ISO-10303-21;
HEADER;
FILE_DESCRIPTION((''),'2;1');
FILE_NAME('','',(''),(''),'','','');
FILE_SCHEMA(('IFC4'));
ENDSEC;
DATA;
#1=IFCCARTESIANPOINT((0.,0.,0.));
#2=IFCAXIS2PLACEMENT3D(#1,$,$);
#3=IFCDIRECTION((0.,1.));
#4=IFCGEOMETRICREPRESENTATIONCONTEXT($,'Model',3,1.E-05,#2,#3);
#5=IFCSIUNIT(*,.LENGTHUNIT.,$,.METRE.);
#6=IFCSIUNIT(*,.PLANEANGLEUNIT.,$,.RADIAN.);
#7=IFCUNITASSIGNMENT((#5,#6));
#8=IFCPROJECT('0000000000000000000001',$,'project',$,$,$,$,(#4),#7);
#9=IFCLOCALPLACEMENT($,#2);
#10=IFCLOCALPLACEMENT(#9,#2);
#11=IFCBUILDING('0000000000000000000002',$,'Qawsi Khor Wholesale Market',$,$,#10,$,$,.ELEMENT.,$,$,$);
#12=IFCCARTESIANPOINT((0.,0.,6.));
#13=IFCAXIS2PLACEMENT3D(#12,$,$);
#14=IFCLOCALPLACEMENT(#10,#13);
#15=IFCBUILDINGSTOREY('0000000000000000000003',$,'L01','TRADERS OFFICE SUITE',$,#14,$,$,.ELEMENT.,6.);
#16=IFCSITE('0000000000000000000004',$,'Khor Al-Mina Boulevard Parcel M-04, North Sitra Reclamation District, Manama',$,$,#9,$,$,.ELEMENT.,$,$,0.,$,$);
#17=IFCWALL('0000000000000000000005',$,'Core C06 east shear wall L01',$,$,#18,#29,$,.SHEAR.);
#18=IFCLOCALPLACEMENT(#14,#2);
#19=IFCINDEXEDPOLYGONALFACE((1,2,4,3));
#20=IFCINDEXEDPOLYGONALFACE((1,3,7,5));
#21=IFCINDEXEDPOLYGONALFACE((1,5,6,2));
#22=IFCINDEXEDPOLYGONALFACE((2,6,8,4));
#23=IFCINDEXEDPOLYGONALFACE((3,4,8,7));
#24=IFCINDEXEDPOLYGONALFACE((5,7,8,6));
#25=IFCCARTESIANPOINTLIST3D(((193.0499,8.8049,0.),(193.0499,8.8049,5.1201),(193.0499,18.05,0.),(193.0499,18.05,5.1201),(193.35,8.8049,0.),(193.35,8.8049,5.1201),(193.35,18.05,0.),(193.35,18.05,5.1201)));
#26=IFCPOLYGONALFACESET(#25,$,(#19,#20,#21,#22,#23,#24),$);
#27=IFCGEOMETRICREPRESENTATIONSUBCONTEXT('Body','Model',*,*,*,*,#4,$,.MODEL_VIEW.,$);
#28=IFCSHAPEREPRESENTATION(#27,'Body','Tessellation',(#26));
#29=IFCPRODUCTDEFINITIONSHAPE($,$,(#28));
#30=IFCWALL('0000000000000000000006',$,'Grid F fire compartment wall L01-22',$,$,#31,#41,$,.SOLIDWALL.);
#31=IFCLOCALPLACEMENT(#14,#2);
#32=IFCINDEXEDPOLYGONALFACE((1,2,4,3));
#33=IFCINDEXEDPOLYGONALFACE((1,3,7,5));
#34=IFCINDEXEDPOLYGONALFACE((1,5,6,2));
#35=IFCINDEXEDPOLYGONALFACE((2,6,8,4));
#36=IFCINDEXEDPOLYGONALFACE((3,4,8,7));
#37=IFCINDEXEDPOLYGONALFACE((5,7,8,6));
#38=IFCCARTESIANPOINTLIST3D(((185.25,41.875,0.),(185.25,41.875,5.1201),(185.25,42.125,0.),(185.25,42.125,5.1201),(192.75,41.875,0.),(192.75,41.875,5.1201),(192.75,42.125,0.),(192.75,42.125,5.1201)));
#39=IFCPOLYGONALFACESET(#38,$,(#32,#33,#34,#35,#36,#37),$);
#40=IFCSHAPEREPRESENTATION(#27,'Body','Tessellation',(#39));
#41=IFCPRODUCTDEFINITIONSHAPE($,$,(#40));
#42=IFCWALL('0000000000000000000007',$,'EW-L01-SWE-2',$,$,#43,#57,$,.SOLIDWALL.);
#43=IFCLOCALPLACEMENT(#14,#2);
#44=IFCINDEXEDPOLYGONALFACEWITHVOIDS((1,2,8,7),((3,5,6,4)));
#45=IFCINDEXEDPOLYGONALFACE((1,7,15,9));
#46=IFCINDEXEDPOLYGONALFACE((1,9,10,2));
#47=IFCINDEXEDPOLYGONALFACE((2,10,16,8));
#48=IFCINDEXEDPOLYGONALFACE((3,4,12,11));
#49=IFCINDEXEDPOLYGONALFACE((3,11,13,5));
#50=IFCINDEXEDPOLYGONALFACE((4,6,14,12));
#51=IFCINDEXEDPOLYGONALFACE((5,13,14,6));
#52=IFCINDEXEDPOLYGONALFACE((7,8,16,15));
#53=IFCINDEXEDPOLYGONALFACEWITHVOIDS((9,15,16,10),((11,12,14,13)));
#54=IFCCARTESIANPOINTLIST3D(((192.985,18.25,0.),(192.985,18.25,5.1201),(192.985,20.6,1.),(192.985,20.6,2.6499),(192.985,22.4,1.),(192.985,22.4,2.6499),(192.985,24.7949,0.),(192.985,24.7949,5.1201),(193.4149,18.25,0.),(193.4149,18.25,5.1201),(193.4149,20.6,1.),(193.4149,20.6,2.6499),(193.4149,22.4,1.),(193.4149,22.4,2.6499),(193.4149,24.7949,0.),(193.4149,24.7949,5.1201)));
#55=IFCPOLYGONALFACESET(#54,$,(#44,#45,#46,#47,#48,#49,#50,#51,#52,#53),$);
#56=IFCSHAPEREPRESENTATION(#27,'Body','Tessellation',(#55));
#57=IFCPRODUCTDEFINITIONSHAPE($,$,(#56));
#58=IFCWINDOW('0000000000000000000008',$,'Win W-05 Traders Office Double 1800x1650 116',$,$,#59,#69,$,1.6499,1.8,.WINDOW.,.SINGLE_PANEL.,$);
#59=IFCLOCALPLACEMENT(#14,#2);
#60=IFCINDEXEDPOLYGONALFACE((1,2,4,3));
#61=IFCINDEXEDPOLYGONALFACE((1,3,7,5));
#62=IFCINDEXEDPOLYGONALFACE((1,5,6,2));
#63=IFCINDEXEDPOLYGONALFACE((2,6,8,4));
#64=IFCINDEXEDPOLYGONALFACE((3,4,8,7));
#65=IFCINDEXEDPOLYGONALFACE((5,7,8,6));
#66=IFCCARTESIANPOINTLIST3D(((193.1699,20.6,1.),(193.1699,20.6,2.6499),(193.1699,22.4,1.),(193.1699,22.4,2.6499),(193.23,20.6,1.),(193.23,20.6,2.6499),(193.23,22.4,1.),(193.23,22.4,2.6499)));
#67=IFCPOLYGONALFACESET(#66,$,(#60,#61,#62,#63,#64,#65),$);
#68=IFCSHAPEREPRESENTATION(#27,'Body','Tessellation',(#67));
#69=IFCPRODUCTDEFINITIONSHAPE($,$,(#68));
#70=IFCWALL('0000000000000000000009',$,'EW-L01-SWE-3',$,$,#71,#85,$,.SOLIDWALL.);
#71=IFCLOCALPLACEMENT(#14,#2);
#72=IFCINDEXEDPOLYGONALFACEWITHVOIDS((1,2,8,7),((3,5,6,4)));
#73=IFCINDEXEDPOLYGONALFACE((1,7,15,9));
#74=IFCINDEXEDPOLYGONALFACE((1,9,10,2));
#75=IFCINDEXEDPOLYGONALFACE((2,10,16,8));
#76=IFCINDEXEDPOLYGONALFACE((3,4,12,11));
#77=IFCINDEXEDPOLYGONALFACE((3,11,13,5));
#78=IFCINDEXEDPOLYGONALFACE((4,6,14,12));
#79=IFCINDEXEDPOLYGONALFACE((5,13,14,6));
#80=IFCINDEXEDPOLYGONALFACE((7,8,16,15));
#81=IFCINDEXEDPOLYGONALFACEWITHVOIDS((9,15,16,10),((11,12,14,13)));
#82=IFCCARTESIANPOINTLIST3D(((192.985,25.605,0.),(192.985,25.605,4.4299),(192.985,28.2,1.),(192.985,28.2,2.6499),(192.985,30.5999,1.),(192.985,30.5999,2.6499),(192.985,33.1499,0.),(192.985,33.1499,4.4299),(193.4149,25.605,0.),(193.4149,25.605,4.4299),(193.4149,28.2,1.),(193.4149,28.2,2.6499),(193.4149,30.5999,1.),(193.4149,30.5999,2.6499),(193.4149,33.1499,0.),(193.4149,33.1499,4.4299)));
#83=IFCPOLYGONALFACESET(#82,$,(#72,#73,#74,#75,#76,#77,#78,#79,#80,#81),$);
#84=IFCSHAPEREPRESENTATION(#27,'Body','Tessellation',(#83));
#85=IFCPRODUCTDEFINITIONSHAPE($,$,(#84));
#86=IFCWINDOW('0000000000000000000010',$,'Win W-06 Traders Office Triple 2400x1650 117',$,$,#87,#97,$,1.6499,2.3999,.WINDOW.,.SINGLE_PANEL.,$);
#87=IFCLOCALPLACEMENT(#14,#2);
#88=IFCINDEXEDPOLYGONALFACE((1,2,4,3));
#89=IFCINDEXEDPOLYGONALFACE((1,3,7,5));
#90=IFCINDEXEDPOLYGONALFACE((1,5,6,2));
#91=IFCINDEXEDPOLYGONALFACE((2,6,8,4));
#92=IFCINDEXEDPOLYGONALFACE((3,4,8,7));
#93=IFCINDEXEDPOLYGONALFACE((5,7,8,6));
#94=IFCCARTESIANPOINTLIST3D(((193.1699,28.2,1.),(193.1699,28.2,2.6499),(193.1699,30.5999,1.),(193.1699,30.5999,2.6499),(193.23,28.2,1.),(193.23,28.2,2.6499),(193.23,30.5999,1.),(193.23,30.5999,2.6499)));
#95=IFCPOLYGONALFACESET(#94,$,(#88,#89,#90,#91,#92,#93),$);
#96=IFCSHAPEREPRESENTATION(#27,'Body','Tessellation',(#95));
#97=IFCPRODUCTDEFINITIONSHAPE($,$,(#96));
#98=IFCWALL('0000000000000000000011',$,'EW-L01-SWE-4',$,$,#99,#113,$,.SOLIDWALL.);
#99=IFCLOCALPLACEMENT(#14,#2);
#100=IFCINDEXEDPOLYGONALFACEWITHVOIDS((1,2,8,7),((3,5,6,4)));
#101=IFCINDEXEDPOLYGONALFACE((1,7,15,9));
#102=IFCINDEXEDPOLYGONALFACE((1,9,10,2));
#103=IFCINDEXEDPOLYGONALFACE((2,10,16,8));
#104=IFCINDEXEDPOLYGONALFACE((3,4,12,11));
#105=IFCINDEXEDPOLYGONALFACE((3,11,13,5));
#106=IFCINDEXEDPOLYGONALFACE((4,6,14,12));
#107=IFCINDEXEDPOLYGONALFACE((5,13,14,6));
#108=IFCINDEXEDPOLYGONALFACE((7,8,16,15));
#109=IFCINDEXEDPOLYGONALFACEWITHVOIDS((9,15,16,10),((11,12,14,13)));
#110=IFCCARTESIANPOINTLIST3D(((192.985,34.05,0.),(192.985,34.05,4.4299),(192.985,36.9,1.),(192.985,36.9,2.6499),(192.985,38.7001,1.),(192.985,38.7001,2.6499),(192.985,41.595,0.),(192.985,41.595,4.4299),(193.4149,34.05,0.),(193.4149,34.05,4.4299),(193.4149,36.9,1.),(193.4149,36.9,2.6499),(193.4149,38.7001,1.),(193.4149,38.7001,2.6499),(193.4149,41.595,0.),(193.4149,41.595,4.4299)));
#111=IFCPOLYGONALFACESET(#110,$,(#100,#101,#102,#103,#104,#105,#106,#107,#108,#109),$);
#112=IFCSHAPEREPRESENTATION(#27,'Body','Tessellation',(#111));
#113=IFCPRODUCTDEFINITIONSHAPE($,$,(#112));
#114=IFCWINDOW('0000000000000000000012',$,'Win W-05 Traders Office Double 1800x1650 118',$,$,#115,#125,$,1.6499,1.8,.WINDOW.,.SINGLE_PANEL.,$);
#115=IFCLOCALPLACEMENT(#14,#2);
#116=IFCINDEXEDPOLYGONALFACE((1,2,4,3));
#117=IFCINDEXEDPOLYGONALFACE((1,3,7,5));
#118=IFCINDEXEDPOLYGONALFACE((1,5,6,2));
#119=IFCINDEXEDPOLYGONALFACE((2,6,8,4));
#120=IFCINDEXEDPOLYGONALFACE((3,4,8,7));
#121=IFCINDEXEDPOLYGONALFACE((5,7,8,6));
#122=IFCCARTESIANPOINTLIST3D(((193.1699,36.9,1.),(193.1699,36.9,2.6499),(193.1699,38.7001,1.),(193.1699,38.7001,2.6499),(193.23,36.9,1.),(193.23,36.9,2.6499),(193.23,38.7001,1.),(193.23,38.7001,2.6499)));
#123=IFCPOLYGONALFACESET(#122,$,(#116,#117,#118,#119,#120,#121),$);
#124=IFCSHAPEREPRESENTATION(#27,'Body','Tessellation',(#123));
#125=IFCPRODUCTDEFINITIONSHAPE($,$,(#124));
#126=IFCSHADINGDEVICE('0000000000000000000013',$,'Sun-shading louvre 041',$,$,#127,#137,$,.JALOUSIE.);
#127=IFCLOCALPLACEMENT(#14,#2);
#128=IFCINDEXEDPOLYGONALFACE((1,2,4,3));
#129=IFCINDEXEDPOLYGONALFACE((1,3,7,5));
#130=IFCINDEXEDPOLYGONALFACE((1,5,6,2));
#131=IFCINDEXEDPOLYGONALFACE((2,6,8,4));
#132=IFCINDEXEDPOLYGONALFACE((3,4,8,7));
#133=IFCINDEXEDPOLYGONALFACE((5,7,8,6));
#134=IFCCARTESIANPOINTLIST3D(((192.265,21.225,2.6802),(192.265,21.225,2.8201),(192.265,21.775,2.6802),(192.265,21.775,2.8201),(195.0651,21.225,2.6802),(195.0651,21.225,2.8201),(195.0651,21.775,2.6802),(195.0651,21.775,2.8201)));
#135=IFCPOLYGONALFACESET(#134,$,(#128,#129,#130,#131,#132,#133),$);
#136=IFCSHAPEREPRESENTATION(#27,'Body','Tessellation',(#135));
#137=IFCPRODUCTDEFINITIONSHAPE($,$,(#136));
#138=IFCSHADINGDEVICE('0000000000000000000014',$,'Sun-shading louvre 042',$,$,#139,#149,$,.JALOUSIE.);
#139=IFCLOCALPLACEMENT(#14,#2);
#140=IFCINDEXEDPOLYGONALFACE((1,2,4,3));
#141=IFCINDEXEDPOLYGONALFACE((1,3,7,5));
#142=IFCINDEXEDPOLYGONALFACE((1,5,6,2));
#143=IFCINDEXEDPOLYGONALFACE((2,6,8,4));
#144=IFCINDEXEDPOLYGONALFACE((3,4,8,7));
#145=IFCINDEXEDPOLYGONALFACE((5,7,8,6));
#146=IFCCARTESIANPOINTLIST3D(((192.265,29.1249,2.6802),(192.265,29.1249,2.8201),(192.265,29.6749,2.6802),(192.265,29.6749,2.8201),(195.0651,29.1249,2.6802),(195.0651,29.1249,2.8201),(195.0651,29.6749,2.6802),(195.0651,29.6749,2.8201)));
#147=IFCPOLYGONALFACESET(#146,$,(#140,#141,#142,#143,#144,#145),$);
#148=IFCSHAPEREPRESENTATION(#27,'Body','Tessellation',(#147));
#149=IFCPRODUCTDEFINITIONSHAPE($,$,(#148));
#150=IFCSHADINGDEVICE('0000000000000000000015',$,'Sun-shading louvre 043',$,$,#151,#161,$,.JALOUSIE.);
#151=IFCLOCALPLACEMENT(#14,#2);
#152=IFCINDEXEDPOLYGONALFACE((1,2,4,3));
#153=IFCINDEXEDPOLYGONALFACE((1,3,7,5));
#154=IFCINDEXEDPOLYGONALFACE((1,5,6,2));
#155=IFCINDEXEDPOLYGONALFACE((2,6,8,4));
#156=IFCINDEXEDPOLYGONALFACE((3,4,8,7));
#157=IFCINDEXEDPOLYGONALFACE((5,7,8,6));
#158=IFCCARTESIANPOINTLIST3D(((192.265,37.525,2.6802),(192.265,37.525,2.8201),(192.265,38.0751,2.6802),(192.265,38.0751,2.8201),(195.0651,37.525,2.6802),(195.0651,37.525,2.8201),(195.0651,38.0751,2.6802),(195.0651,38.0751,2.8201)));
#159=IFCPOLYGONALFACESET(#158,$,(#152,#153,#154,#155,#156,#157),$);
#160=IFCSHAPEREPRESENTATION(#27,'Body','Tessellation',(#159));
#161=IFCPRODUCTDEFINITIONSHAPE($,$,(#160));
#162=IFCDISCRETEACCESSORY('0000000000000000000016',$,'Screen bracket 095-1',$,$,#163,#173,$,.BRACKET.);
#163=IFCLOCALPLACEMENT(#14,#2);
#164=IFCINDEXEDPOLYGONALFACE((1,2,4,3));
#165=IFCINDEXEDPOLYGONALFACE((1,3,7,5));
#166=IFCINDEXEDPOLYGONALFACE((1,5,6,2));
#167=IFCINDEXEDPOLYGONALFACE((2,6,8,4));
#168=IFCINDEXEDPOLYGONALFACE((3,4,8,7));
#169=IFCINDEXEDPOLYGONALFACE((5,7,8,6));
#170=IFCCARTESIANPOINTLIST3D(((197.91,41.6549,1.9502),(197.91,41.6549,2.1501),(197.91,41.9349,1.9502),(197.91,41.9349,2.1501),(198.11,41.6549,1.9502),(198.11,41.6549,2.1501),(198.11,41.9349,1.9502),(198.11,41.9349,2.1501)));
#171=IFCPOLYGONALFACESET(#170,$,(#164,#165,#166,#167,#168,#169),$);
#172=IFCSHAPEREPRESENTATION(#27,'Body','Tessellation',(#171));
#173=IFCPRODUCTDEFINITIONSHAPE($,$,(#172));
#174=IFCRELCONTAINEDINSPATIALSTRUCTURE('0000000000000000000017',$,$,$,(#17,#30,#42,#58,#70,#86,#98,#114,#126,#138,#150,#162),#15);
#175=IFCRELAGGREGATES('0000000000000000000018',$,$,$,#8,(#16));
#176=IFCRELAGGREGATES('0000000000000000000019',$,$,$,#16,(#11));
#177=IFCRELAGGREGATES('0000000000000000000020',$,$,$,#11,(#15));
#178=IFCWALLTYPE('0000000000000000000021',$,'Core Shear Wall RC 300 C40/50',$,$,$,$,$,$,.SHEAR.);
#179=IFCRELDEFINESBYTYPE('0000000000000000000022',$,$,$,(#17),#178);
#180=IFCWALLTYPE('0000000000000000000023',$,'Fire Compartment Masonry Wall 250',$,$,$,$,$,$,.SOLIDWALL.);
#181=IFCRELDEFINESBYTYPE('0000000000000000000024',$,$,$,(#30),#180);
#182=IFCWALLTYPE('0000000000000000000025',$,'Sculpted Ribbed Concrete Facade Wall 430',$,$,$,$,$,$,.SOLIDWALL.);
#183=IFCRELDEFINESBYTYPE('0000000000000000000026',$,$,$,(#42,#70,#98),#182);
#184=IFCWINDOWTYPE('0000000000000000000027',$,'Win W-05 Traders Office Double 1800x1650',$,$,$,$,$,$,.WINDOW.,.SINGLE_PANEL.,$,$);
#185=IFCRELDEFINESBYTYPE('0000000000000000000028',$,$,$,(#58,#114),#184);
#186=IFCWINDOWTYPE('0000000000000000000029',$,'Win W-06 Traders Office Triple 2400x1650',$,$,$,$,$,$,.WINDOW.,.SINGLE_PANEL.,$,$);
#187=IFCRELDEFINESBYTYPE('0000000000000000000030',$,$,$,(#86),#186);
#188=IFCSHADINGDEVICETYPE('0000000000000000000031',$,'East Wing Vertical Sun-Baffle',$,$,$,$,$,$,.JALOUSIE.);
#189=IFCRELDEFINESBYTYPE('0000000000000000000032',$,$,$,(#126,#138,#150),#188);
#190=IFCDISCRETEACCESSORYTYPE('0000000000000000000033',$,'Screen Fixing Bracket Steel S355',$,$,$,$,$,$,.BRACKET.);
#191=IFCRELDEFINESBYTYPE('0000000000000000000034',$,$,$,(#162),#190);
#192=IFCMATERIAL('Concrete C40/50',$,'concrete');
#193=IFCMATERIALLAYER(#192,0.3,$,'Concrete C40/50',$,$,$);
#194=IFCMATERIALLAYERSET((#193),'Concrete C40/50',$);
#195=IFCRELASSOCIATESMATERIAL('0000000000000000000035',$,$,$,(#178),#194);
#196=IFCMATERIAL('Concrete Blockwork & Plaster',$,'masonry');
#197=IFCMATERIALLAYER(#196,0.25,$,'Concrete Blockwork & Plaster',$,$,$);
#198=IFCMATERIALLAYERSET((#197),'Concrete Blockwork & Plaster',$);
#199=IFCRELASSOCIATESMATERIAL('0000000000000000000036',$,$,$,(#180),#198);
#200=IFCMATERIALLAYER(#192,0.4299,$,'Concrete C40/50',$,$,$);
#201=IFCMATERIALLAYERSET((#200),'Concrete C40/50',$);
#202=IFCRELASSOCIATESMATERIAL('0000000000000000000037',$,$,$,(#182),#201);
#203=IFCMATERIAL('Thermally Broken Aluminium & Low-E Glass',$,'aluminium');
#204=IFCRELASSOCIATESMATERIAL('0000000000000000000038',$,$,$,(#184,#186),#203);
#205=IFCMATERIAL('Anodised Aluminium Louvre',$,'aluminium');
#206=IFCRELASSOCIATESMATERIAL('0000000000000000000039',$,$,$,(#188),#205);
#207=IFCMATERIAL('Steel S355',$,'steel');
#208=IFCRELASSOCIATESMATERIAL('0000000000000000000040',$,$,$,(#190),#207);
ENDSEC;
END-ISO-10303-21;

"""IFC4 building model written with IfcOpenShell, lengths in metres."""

from ifc_helpers import new_model, si_unit, direction, frame, frame_2d, origin, origin_2d, place, context, subcontext, project, spatial, rectangle, extrude, material, layer, layer_set, type_object, element, fill, save


model = new_model("IFC4")

# Units and contexts
model_context = context("Model", 3, precision=1e-05, world=origin(), true_north=direction((0.0, 1.0)))
body_context = subcontext(model_context, "Body", "Model", "MODEL_VIEW")
ifc_project = project(units=[si_unit("LENGTHUNIT", "METRE"), si_unit("PLANEANGLEUNIT", "RADIAN")], contexts=[model_context])

# Site, building, storey
site_placement = place(None, origin())
site = spatial("IfcSite", under=ifc_project, at=site_placement, Name="Khor Al-Mina Boulevard Parcel M-04, North Sitra Reclamation District, Manama", CompositionType="ELEMENT", RefElevation=0.0)
building_placement = place(site_placement, origin())
building = spatial("IfcBuilding", under=site, at=building_placement, Name="Qawsi Khor Wholesale Market", CompositionType="ELEMENT")
storey_placement = place(building_placement, frame((0.0, 0.0, 6.0)))
storey = spatial("IfcBuildingStorey", under=building, at=storey_placement, Name="L01", Description="TRADERS OFFICE SUITE", CompositionType="ELEMENT", Elevation=6.0)

# Shared definitions
ifc_material_1 = material(Name="Concrete C40/50", Category="concrete")

# Shared definitions
ifc_material_2 = material(Name="Steel S355", Category="steel")

# Walls
ifc_layer_1 = layer(ifc_material_1, 0.3, Name="Concrete C40/50")
ifc_layer_set_1 = layer_set([ifc_layer_1], Name="Concrete C40/50")
wall_type_1 = type_object("IfcWallType", Name="Core Shear Wall RC 300 C40/50", PredefinedType="SHEAR", material=ifc_layer_set_1)
wall_1_placement = place(storey_placement, frame((193.2, 18.05, 0.0), z_axis=(0.0, 0.0, 1.0), x_axis=(0.0, -1.0, 0.0)))
element("IfcWall", 1, at=wall_1_placement, inside=storey, type_object=wall_type_1, Name="Core C06 east shear wall L01", PredefinedType="SHEAR", context=body_context, shape_type="SweptSolid", body=[
    extrude(rectangle(XDim=9.2451, YDim=0.3, at=frame_2d((4.6226, 0.0))), origin(), (0.0, 0.0, 1.0), 5.1201),
])
ifc_material_3 = material(Name="Concrete Blockwork & Plaster", Category="masonry")
ifc_layer_2 = layer(ifc_material_3, 0.25, Name="Concrete Blockwork & Plaster")
ifc_layer_set_2 = layer_set([ifc_layer_2], Name="Concrete Blockwork & Plaster")
wall_type_2 = type_object("IfcWallType", Name="Fire Compartment Masonry Wall 250", PredefinedType="SOLIDWALL", material=ifc_layer_set_2)
wall_2_placement = place(storey_placement, frame((185.25, 42.0, 0.0), z_axis=(0.0, 0.0, 1.0), x_axis=(1.0, 0.0, 0.0)))
element("IfcWall", 2, at=wall_2_placement, inside=storey, type_object=wall_type_2, Name="Grid F fire compartment wall L01-22", PredefinedType="SOLIDWALL", context=body_context, shape_type="SweptSolid", body=[
    extrude(rectangle(XDim=7.5, YDim=0.25, at=frame_2d((3.75, 0.0))), origin(), (0.0, 0.0, 1.0), 5.1201),
])

# Walls, openings, windows
ifc_layer_3 = layer(ifc_material_1, 0.4299, Name="Concrete C40/50")
ifc_layer_set_3 = layer_set([ifc_layer_3], Name="Concrete C40/50")
wall_type_3 = type_object("IfcWallType", Name="Sculpted Ribbed Concrete Facade Wall 430", PredefinedType="SOLIDWALL", material=ifc_layer_set_3)
wall_3_placement = place(storey_placement, frame((193.2, 24.7949, 0.0), z_axis=(0.0, 0.0, 1.0), x_axis=(0.0, -1.0, 0.0)))
wall_3 = element("IfcWall", 3, at=wall_3_placement, inside=storey, type_object=wall_type_3, Name="EW-L01-SWE-2", PredefinedType="SOLIDWALL", context=body_context, shape_type="SweptSolid", body=[
    extrude(rectangle(XDim=6.5449, YDim=0.4299, at=frame_2d((3.2725, 0.0))), origin(), (0.0, 0.0, 1.0), 5.1201),
])
opening_1_placement = place(wall_3_placement, frame((2.395, 0.0, 1.0)))
opening_1 = element("IfcOpeningElement", 4, at=opening_1_placement, cuts=wall_3, PredefinedType="OPENING", context=body_context, shape_type="SweptSolid", body=[
    extrude(rectangle(XDim=1.8, YDim=1.6499, at=frame_2d((0.8999, 0.825))), frame((0.0, 0.2249, 0.0), z_axis=(0.0, -1.0, 0.0), x_axis=(1.0, 0.0, 0.0)), (0.0, 0.0, 1.0), 0.45),
])
ifc_material_4 = material(Name="Thermally Broken Aluminium & Low-E Glass", Category="aluminium")
window_type_1 = type_object("IfcWindowType", Name="Win W-05 Traders Office Double 1800x1650", PartitioningType="SINGLE_PANEL", PredefinedType="WINDOW", material=ifc_material_4)
window_1_placement = place(opening_1_placement, origin())
window_1 = element("IfcWindow", 5, at=window_1_placement, inside=storey, type_object=window_type_1, Name="Win W-05 Traders Office Double 1800x1650 116", OverallHeight=1.6499, OverallWidth=1.8, PartitioningType="SINGLE_PANEL", PredefinedType="WINDOW", context=body_context, shape_type="SweptSolid", body=[
    extrude(rectangle(XDim=1.8, YDim=1.6499, at=frame_2d((0.8999, 0.825))), frame((0.0, 0.03, 0.0), z_axis=(0.0, -1.0, 0.0), x_axis=(1.0, 0.0, 0.0)), (0.0, 0.0, 1.0), 0.0601),
])
fill(opening_1, window_1)
wall_4_placement = place(storey_placement, frame((193.2, 33.1499, 0.0), z_axis=(0.0, 0.0, 1.0), x_axis=(0.0, -1.0, 0.0)))
wall_4 = element("IfcWall", 6, at=wall_4_placement, inside=storey, type_object=wall_type_3, Name="EW-L01-SWE-3", PredefinedType="SOLIDWALL", context=body_context, shape_type="SweptSolid", body=[
    extrude(rectangle(XDim=7.5449, YDim=0.4299, at=frame_2d((3.7725, 0.0))), origin(), (0.0, 0.0, 1.0), 4.4299),
])
opening_2_placement = place(wall_4_placement, frame((2.55, 0.0, 1.0)))
opening_2 = element("IfcOpeningElement", 7, at=opening_2_placement, cuts=wall_4, PredefinedType="OPENING", context=body_context, shape_type="SweptSolid", body=[
    extrude(rectangle(XDim=2.3999, YDim=1.6499, at=frame_2d((1.2, 0.825))), frame((0.0, 0.2249, 0.0), z_axis=(0.0, -1.0, 0.0), x_axis=(1.0, 0.0, 0.0)), (0.0, 0.0, 1.0), 0.45),
])
window_type_2 = type_object("IfcWindowType", Name="Win W-06 Traders Office Triple 2400x1650", PartitioningType="SINGLE_PANEL", PredefinedType="WINDOW", material=ifc_material_4)
window_2_placement = place(opening_2_placement, origin())
window_2 = element("IfcWindow", 8, at=window_2_placement, inside=storey, type_object=window_type_2, Name="Win W-06 Traders Office Triple 2400x1650 117", OverallHeight=1.6499, OverallWidth=2.3999, PartitioningType="SINGLE_PANEL", PredefinedType="WINDOW", context=body_context, shape_type="SweptSolid", body=[
    extrude(rectangle(XDim=2.3999, YDim=1.6499, at=frame_2d((1.2, 0.825))), frame((0.0, 0.03, 0.0), z_axis=(0.0, -1.0, 0.0), x_axis=(1.0, 0.0, 0.0)), (0.0, 0.0, 1.0), 0.0601),
])
fill(opening_2, window_2)
wall_5_placement = place(storey_placement, frame((193.2, 41.595, 0.0), z_axis=(0.0, 0.0, 1.0), x_axis=(0.0, -1.0, 0.0)))
wall_5 = element("IfcWall", 9, at=wall_5_placement, inside=storey, type_object=wall_type_3, Name="EW-L01-SWE-4", PredefinedType="SOLIDWALL", context=body_context, shape_type="SweptSolid", body=[
    extrude(rectangle(XDim=7.5449, YDim=0.4299, at=frame_2d((3.7725, 0.0))), origin(), (0.0, 0.0, 1.0), 4.4299),
])
opening_3_placement = place(wall_5_placement, frame((2.895, 0.0, 1.0)))
opening_3 = element("IfcOpeningElement", 10, at=opening_3_placement, cuts=wall_5, PredefinedType="OPENING", context=body_context, shape_type="SweptSolid", body=[
    extrude(rectangle(XDim=1.8, YDim=1.6499, at=frame_2d((0.8999, 0.825))), frame((0.0, 0.2249, 0.0), z_axis=(0.0, -1.0, 0.0), x_axis=(1.0, 0.0, 0.0)), (0.0, 0.0, 1.0), 0.45),
])
window_3_placement = place(opening_3_placement, origin())
window_3 = element("IfcWindow", 11, at=window_3_placement, inside=storey, type_object=window_type_1, Name="Win W-05 Traders Office Double 1800x1650 118", OverallHeight=1.6499, OverallWidth=1.8, PartitioningType="SINGLE_PANEL", PredefinedType="WINDOW", context=body_context, shape_type="SweptSolid", body=[
    extrude(rectangle(XDim=1.8, YDim=1.6499, at=frame_2d((0.8999, 0.825))), frame((0.0, 0.03, 0.0), z_axis=(0.0, -1.0, 0.0), x_axis=(1.0, 0.0, 0.0)), (0.0, 0.0, 1.0), 0.0601),
])
fill(opening_3, window_3)

# Shading devices
ifc_material_5 = material(Name="Anodised Aluminium Louvre", Category="aluminium")
shading_device_type = type_object("IfcShadingDeviceType", Name="East Wing Vertical Sun-Baffle", PredefinedType="JALOUSIE", material=ifc_material_5)
for number, where, z_axis, x_axis, name in (
    (12, (193.665, 21.5, 2.6802), (0.0, 0.0, 1.0), (1.0, 0.0, 0.0), "Sun-shading louvre 041"),
    (13, (193.665, 29.3999, 2.6802), (0.0, 0.0, 1.0), (1.0, 0.0, 0.0), "Sun-shading louvre 042"),
    (14, (193.665, 37.8, 2.6802), (0.0, 0.0, 1.0), (1.0, 0.0, 0.0), "Sun-shading louvre 043"),
):
    element("IfcShadingDevice", number, at=place(storey_placement, frame(where, z_axis=z_axis, x_axis=x_axis)), inside=storey, type_object=shading_device_type, Name=name, PredefinedType="JALOUSIE", context=body_context, shape_type="SweptSolid", body=[
        extrude(rectangle(XDim=2.8, YDim=0.55, at=origin_2d()), origin(), (0.0, 0.0, 1.0), 0.1399),
    ])

# Discrete accessory
discrete_accessory_type = type_object("IfcDiscreteAccessoryType", Name="Screen Fixing Bracket Steel S355", PredefinedType="BRACKET", material=ifc_material_2)
for number, where, z_axis, x_axis, name in (
    (15, (198.01, 41.7949, 1.9502), (0.0, 0.0, 1.0), (1.0, 0.0, 0.0), "Screen bracket 095-1"),
):
    element("IfcDiscreteAccessory", number, at=place(storey_placement, frame(where, z_axis=z_axis, x_axis=x_axis)), inside=storey, type_object=discrete_accessory_type, Name=name, PredefinedType="BRACKET", context=body_context, shape_type="SweptSolid", body=[
        extrude(rectangle(XDim=0.2, YDim=0.28, at=origin_2d()), origin(), (0.0, 0.0, 1.0), 0.2),
    ])

save(model, "model.ifc")
